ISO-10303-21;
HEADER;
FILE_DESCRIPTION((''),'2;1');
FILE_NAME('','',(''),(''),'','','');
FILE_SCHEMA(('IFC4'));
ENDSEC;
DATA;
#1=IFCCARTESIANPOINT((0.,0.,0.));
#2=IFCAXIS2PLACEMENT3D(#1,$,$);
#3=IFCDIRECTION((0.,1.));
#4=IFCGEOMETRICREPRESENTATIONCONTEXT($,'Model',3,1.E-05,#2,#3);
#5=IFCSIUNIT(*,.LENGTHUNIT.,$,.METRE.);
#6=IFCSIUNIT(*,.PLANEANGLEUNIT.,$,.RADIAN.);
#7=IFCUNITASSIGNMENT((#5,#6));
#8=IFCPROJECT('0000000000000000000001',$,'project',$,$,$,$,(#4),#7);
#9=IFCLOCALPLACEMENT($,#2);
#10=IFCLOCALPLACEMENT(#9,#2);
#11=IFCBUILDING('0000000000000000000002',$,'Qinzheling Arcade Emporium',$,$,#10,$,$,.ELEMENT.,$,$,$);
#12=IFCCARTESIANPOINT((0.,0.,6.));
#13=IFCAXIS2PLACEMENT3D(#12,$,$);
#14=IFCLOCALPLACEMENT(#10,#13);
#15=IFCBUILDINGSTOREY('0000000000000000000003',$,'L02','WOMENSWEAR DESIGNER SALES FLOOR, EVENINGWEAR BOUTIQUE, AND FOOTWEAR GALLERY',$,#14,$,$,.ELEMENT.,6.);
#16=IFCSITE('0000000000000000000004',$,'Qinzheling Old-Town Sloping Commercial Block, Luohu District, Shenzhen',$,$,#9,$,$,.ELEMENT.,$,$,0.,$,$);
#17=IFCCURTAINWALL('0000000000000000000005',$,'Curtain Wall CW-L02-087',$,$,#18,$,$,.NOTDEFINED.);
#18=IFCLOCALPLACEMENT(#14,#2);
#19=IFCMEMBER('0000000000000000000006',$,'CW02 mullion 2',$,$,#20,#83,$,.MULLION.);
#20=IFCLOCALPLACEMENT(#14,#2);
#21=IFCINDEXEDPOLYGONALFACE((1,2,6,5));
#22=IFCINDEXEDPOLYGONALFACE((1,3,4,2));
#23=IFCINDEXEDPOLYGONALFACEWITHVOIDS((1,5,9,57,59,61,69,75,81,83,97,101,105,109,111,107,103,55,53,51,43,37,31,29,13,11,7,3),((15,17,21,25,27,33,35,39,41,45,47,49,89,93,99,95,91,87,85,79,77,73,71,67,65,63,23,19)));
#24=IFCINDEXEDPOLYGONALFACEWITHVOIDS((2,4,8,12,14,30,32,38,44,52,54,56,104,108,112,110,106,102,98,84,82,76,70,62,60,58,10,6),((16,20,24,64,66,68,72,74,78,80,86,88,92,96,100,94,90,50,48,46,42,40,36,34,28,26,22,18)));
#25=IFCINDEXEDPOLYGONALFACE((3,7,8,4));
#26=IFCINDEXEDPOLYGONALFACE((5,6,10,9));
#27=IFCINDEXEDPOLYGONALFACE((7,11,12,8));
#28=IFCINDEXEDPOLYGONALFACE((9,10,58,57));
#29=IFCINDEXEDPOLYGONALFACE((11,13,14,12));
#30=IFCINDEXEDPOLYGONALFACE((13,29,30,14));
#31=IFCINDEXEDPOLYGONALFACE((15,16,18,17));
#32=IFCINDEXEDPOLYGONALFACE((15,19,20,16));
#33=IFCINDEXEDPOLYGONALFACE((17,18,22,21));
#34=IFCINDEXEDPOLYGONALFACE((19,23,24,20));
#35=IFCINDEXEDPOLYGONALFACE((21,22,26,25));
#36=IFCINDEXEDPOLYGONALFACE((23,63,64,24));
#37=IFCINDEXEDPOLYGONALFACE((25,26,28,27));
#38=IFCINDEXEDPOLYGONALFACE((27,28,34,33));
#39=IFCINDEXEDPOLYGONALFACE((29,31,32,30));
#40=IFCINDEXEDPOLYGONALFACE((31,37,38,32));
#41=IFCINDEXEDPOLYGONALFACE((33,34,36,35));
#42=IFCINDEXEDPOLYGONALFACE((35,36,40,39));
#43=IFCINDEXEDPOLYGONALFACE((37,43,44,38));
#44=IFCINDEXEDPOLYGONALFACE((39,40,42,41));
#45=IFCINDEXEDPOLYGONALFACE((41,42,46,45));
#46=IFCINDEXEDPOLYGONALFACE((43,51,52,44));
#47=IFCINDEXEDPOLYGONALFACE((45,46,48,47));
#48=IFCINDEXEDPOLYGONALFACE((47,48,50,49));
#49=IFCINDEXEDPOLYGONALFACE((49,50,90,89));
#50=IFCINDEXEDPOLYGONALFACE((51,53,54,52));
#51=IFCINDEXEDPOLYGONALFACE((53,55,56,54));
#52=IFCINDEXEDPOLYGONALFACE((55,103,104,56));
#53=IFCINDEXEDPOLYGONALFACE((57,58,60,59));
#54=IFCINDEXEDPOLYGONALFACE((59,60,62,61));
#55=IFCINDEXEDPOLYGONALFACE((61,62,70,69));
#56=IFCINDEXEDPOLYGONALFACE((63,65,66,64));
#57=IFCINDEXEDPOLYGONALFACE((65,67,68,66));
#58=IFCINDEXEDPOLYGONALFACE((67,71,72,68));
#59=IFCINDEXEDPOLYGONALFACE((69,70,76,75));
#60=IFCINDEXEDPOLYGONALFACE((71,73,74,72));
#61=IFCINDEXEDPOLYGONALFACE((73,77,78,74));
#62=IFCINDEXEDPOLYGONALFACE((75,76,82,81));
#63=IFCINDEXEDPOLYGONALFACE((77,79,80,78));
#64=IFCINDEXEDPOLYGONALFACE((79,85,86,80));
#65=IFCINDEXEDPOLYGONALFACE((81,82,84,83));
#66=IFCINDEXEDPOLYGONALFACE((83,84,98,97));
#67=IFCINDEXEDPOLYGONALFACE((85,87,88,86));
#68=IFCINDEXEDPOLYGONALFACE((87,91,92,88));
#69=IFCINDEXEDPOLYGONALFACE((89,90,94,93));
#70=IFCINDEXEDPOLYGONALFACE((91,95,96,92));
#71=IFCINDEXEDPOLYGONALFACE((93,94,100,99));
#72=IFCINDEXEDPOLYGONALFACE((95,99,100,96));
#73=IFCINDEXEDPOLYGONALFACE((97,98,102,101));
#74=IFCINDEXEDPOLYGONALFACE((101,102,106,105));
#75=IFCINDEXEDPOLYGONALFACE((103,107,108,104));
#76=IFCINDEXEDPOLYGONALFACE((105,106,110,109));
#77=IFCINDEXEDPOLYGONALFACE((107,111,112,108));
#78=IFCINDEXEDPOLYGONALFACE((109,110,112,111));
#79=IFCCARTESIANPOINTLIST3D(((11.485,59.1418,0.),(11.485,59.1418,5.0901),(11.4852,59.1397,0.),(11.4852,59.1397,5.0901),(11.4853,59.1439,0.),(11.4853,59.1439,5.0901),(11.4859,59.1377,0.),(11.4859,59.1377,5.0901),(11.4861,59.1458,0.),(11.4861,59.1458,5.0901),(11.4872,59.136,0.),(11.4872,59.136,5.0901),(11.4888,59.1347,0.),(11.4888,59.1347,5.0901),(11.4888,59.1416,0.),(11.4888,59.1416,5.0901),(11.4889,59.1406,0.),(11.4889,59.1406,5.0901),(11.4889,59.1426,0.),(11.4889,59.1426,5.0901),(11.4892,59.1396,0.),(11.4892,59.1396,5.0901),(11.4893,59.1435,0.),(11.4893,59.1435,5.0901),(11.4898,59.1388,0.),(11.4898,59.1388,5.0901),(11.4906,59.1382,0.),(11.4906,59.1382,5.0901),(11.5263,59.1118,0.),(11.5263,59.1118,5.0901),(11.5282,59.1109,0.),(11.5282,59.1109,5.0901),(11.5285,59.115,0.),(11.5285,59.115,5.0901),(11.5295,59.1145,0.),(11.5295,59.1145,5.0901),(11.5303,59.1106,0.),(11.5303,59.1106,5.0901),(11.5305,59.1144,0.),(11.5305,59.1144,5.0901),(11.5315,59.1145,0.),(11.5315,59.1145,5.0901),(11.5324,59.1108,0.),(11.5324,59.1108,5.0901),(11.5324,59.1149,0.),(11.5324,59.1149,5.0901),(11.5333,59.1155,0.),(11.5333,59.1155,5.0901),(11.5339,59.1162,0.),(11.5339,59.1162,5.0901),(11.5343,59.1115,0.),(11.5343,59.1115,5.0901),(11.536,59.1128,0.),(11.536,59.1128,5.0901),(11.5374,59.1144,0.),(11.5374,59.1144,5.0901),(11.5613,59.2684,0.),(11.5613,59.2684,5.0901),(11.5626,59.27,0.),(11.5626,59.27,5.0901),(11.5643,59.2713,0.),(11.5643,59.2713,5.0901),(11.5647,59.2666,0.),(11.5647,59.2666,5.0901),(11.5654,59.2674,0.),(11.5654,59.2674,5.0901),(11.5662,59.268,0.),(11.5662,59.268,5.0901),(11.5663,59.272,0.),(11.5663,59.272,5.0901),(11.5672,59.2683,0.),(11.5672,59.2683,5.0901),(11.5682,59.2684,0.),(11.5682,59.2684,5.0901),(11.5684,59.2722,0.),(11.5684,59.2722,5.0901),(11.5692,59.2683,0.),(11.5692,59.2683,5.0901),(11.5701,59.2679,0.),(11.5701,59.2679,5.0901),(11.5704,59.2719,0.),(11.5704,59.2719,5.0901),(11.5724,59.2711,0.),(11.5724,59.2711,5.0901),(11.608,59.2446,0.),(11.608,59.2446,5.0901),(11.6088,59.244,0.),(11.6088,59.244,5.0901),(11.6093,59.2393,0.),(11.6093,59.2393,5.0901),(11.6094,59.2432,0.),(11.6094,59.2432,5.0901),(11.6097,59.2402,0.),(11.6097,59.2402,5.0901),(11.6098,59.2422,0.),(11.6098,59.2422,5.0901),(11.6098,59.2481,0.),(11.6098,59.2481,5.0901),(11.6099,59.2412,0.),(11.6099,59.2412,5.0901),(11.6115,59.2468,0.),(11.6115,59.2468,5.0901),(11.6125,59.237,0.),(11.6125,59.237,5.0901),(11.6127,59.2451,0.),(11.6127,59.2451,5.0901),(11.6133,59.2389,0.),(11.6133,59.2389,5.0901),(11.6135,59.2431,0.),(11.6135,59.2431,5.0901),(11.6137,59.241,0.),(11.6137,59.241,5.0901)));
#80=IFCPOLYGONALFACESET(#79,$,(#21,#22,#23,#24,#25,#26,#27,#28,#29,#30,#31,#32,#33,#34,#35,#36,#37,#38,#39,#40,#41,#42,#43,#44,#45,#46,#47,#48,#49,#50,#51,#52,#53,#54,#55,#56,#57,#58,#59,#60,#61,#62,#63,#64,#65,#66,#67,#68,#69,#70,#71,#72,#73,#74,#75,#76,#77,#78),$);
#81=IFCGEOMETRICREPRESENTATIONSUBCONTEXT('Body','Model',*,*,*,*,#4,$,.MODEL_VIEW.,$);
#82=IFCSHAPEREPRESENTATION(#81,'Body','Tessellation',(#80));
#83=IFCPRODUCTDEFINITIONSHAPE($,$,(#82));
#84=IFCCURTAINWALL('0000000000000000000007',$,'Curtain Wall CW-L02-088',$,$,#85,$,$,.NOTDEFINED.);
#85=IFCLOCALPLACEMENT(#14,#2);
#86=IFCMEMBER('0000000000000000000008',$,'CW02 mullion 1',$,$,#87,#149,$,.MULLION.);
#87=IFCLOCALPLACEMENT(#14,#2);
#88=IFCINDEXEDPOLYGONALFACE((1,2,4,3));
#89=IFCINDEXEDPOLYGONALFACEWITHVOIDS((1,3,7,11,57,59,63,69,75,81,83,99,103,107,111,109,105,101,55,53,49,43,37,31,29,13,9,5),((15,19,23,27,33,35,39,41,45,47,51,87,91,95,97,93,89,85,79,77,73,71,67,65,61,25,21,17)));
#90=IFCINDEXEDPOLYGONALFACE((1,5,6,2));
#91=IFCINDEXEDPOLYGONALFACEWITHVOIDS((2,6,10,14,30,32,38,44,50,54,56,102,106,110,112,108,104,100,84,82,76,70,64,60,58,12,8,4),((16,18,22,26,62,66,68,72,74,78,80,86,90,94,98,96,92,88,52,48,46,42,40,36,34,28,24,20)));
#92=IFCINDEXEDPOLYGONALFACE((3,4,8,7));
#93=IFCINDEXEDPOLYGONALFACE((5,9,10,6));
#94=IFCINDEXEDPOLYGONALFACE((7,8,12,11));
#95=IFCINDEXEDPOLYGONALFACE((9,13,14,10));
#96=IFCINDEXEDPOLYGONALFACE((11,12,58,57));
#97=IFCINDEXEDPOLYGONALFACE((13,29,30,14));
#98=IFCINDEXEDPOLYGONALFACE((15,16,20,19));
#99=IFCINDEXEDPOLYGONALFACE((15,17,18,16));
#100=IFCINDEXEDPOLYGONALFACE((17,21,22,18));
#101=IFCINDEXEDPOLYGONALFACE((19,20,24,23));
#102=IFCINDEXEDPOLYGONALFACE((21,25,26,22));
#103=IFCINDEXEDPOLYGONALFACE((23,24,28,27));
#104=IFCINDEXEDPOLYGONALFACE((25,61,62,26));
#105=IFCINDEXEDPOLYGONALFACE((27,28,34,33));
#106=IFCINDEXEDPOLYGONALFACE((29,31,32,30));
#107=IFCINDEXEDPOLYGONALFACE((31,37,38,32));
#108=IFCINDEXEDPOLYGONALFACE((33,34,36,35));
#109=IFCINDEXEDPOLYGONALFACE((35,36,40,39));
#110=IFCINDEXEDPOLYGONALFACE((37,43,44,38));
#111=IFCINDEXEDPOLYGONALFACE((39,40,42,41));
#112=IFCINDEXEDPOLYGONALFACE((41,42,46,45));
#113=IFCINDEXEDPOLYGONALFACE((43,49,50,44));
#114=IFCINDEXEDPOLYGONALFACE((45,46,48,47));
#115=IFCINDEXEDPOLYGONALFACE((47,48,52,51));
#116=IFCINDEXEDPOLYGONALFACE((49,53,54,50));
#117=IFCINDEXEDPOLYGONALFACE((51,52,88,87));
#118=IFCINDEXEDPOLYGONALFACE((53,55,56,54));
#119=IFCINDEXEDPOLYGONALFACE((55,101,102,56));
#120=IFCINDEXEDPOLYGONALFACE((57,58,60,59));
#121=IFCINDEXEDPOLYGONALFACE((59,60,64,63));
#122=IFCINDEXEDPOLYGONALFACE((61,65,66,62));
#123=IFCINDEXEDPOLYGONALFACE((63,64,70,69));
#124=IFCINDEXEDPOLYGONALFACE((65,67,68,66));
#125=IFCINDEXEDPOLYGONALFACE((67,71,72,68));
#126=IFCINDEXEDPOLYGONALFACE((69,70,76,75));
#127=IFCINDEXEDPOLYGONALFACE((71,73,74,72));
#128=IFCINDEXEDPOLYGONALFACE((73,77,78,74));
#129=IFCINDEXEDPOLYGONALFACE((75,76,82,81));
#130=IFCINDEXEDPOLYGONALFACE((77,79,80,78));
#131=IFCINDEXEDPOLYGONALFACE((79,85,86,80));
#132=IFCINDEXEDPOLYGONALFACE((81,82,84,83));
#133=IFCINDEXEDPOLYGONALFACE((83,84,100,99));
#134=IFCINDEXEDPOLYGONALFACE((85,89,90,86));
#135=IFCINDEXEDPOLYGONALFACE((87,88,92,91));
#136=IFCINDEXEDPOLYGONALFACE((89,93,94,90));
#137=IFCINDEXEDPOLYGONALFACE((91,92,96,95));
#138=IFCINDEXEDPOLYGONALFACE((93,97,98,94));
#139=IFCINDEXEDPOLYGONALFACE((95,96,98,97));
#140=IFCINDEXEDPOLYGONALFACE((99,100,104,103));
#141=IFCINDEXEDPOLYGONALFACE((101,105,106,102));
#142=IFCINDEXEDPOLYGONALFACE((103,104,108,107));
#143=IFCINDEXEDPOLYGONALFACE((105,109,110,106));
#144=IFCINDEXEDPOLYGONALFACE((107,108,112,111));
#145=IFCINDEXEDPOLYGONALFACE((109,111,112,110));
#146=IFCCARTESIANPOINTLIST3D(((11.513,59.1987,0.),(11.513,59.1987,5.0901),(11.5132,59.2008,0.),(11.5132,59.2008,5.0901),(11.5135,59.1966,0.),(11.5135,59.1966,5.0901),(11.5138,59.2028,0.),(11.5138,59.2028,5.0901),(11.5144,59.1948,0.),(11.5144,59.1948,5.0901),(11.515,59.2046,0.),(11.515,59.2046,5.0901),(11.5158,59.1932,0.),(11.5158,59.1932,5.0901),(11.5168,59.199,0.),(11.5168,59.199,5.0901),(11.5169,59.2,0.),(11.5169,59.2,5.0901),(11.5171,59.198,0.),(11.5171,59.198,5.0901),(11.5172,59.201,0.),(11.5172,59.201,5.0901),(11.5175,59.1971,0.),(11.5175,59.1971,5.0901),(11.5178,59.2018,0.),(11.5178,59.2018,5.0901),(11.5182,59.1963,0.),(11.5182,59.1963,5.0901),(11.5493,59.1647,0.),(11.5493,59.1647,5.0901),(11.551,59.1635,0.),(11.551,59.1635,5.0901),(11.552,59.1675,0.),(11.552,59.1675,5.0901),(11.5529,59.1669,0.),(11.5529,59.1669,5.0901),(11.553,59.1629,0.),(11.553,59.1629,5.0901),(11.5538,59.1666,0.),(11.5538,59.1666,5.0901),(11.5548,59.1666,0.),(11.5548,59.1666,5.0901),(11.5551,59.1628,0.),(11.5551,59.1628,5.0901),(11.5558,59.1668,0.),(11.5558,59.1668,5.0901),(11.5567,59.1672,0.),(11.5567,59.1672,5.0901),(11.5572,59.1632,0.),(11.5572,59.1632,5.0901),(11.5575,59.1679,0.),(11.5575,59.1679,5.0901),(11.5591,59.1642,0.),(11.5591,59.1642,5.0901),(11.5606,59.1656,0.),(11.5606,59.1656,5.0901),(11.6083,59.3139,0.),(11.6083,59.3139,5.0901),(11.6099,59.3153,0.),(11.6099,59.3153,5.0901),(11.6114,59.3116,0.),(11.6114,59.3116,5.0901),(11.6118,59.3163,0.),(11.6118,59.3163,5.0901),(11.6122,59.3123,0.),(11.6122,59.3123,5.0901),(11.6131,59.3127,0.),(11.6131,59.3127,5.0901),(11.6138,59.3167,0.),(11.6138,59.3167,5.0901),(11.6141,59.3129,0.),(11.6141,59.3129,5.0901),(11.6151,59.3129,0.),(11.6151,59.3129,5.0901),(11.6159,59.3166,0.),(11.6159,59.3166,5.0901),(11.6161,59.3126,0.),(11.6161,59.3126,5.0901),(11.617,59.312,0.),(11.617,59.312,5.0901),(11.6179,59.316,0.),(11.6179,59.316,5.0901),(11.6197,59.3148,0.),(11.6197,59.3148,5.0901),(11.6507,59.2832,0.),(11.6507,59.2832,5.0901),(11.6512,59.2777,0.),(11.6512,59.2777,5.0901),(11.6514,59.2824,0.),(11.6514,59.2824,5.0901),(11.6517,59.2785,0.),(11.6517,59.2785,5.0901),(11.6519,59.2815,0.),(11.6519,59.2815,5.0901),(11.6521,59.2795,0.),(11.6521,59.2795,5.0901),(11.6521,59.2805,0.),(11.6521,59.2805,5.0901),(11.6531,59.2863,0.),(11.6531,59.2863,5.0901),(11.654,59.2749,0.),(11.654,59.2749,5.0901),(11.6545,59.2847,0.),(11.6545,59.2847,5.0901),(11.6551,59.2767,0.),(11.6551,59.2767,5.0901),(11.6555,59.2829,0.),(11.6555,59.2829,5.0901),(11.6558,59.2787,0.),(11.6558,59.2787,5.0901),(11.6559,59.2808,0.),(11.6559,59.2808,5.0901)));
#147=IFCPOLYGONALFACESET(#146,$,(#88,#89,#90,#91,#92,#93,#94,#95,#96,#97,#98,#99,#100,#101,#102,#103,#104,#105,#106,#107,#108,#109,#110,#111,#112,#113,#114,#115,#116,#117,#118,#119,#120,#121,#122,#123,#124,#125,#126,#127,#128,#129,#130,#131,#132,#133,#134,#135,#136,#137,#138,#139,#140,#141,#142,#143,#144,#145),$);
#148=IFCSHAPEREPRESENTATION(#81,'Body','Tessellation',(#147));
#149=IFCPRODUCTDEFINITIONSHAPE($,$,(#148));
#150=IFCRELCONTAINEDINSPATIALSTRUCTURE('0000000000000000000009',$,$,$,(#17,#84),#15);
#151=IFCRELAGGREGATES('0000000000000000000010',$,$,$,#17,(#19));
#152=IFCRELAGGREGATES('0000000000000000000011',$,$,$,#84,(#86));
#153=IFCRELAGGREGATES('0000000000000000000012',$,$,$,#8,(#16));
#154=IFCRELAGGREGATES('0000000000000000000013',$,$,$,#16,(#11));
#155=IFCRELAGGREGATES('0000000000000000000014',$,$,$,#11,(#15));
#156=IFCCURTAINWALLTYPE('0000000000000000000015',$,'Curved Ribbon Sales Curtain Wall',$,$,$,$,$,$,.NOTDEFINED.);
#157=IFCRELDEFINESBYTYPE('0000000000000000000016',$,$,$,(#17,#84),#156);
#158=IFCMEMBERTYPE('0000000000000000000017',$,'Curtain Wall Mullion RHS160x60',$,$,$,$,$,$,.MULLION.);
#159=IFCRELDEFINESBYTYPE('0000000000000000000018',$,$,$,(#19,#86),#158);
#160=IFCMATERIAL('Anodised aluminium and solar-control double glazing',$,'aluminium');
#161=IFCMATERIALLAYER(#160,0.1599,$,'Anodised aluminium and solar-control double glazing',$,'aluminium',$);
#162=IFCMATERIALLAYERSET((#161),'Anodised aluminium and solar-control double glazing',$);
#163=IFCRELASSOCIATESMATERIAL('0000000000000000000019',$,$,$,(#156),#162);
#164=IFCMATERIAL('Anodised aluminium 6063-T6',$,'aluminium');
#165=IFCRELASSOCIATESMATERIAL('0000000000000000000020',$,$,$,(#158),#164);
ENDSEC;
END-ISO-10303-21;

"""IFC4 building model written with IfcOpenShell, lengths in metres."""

from ifc_helpers import new_model, si_unit, direction, frame, origin, origin_2d, place, context, subcontext, project, spatial, hollow_rectangle, extrude, material, layer, layer_set, material_profile, profile_set, type_object, element, aggregate, save


model = new_model("IFC4")

# Units and contexts
model_context = context("Model", 3, precision=1e-05, world=origin(), true_north=direction((0.0, 1.0)))
body_context = subcontext(model_context, "Body", "Model", "MODEL_VIEW")
ifc_project = project(units=[si_unit("LENGTHUNIT", "METRE"), si_unit("PLANEANGLEUNIT", "RADIAN")], contexts=[model_context])

# Site, building, storey
site_placement = place(None, origin())
site = spatial("IfcSite", under=ifc_project, at=site_placement, Name="Qinzheling Old-Town Sloping Commercial Block, Luohu District, Shenzhen", CompositionType="ELEMENT", RefElevation=0.0)
building_placement = place(site_placement, origin())
building = spatial("IfcBuilding", under=site, at=building_placement, Name="Qinzheling Arcade Emporium", CompositionType="ELEMENT")
storey_placement = place(building_placement, frame((0.0, 0.0, 6.0)))
storey = spatial("IfcBuildingStorey", under=building, at=storey_placement, Name="L02", Description="WOMENSWEAR DESIGNER SALES FLOOR, EVENINGWEAR BOUTIQUE, AND FOOTWEAR GALLERY", CompositionType="ELEMENT", Elevation=6.0)

# Curtain wall, member
ifc_material_1 = material(Name="Anodised aluminium and solar-control double glazing", Category="aluminium")
ifc_layer_1 = layer(ifc_material_1, 0.1599, Name="Anodised aluminium and solar-control double glazing", Category="aluminium")
ifc_layer_set_1 = layer_set([ifc_layer_1], Name="Anodised aluminium and solar-control double glazing")
curtain_wall_type = type_object("IfcCurtainWallType", Name="Curved Ribbon Sales Curtain Wall", PredefinedType="NOTDEFINED", material=ifc_layer_set_1)
curtain_wall_1_placement = place(storey_placement, origin())
curtain_wall_1 = element("IfcCurtainWall", 1, at=curtain_wall_1_placement, inside=storey, type_object=curtain_wall_type, Name="Curtain Wall CW-L02-087", PredefinedType="NOTDEFINED")
ifc_material_2 = material(Name="Anodised aluminium 6063-T6", Category="aluminium")
ifc_material_profile_1 = material_profile(ifc_material_2, hollow_rectangle(XDim=0.0601, YDim=0.1599, WallThickness=0.0039, InnerFilletRadius=0.0039, OuterFilletRadius=0.0081, at=origin_2d()), Name="RHS 160x60x4", Category="aluminium")
ifc_profile_set_1 = profile_set([ifc_material_profile_1], Name="Anodised aluminium 6063-T6")
member_type_1 = type_object("IfcMemberType", Name="Curtain Wall Mullion RHS160x60", PredefinedType="MULLION", material=ifc_profile_set_1)
member_1_placement = place(storey_placement, frame((11.5493, 59.1914, 0.0), z_axis=(0.0, 0.0, 1.0), x_axis=(-0.85262, 0.522532, 0.0)))
member_1 = element("IfcMember", 2, at=member_1_placement, type_object=member_type_1, Name="CW02 mullion 2", PredefinedType="MULLION", context=body_context, shape_type="SweptSolid", body=[
    extrude(hollow_rectangle(XDim=0.0601, YDim=0.1599, WallThickness=0.0039, InnerFilletRadius=0.0039, OuterFilletRadius=0.0081, at=origin_2d()), origin(), (0.0, 0.0, 1.0), 5.0901),
])

# Curtain wall, member
curtain_wall_2_placement = place(storey_placement, origin())
curtain_wall_2 = element("IfcCurtainWall", 3, at=curtain_wall_2_placement, inside=storey, type_object=curtain_wall_type, Name="Curtain Wall CW-L02-088", PredefinedType="NOTDEFINED")
member_2_placement = place(storey_placement, frame((11.5845, 59.2397, 0.0), z_axis=(0.0, 0.0, 1.0), x_axis=(-0.760575, 0.64925, 0.0)))
member_2 = element("IfcMember", 4, at=member_2_placement, type_object=member_type_1, Name="CW02 mullion 1", PredefinedType="MULLION", context=body_context, shape_type="SweptSolid", body=[
    extrude(hollow_rectangle(XDim=0.0601, YDim=0.1599, WallThickness=0.0039, InnerFilletRadius=0.0039, OuterFilletRadius=0.0081, at=origin_2d()), origin(), (0.0, 0.0, 1.0), 5.0901),
])

aggregate(curtain_wall_1, [member_1])
aggregate(curtain_wall_2, [member_2])

save(model, "model.ifc")
